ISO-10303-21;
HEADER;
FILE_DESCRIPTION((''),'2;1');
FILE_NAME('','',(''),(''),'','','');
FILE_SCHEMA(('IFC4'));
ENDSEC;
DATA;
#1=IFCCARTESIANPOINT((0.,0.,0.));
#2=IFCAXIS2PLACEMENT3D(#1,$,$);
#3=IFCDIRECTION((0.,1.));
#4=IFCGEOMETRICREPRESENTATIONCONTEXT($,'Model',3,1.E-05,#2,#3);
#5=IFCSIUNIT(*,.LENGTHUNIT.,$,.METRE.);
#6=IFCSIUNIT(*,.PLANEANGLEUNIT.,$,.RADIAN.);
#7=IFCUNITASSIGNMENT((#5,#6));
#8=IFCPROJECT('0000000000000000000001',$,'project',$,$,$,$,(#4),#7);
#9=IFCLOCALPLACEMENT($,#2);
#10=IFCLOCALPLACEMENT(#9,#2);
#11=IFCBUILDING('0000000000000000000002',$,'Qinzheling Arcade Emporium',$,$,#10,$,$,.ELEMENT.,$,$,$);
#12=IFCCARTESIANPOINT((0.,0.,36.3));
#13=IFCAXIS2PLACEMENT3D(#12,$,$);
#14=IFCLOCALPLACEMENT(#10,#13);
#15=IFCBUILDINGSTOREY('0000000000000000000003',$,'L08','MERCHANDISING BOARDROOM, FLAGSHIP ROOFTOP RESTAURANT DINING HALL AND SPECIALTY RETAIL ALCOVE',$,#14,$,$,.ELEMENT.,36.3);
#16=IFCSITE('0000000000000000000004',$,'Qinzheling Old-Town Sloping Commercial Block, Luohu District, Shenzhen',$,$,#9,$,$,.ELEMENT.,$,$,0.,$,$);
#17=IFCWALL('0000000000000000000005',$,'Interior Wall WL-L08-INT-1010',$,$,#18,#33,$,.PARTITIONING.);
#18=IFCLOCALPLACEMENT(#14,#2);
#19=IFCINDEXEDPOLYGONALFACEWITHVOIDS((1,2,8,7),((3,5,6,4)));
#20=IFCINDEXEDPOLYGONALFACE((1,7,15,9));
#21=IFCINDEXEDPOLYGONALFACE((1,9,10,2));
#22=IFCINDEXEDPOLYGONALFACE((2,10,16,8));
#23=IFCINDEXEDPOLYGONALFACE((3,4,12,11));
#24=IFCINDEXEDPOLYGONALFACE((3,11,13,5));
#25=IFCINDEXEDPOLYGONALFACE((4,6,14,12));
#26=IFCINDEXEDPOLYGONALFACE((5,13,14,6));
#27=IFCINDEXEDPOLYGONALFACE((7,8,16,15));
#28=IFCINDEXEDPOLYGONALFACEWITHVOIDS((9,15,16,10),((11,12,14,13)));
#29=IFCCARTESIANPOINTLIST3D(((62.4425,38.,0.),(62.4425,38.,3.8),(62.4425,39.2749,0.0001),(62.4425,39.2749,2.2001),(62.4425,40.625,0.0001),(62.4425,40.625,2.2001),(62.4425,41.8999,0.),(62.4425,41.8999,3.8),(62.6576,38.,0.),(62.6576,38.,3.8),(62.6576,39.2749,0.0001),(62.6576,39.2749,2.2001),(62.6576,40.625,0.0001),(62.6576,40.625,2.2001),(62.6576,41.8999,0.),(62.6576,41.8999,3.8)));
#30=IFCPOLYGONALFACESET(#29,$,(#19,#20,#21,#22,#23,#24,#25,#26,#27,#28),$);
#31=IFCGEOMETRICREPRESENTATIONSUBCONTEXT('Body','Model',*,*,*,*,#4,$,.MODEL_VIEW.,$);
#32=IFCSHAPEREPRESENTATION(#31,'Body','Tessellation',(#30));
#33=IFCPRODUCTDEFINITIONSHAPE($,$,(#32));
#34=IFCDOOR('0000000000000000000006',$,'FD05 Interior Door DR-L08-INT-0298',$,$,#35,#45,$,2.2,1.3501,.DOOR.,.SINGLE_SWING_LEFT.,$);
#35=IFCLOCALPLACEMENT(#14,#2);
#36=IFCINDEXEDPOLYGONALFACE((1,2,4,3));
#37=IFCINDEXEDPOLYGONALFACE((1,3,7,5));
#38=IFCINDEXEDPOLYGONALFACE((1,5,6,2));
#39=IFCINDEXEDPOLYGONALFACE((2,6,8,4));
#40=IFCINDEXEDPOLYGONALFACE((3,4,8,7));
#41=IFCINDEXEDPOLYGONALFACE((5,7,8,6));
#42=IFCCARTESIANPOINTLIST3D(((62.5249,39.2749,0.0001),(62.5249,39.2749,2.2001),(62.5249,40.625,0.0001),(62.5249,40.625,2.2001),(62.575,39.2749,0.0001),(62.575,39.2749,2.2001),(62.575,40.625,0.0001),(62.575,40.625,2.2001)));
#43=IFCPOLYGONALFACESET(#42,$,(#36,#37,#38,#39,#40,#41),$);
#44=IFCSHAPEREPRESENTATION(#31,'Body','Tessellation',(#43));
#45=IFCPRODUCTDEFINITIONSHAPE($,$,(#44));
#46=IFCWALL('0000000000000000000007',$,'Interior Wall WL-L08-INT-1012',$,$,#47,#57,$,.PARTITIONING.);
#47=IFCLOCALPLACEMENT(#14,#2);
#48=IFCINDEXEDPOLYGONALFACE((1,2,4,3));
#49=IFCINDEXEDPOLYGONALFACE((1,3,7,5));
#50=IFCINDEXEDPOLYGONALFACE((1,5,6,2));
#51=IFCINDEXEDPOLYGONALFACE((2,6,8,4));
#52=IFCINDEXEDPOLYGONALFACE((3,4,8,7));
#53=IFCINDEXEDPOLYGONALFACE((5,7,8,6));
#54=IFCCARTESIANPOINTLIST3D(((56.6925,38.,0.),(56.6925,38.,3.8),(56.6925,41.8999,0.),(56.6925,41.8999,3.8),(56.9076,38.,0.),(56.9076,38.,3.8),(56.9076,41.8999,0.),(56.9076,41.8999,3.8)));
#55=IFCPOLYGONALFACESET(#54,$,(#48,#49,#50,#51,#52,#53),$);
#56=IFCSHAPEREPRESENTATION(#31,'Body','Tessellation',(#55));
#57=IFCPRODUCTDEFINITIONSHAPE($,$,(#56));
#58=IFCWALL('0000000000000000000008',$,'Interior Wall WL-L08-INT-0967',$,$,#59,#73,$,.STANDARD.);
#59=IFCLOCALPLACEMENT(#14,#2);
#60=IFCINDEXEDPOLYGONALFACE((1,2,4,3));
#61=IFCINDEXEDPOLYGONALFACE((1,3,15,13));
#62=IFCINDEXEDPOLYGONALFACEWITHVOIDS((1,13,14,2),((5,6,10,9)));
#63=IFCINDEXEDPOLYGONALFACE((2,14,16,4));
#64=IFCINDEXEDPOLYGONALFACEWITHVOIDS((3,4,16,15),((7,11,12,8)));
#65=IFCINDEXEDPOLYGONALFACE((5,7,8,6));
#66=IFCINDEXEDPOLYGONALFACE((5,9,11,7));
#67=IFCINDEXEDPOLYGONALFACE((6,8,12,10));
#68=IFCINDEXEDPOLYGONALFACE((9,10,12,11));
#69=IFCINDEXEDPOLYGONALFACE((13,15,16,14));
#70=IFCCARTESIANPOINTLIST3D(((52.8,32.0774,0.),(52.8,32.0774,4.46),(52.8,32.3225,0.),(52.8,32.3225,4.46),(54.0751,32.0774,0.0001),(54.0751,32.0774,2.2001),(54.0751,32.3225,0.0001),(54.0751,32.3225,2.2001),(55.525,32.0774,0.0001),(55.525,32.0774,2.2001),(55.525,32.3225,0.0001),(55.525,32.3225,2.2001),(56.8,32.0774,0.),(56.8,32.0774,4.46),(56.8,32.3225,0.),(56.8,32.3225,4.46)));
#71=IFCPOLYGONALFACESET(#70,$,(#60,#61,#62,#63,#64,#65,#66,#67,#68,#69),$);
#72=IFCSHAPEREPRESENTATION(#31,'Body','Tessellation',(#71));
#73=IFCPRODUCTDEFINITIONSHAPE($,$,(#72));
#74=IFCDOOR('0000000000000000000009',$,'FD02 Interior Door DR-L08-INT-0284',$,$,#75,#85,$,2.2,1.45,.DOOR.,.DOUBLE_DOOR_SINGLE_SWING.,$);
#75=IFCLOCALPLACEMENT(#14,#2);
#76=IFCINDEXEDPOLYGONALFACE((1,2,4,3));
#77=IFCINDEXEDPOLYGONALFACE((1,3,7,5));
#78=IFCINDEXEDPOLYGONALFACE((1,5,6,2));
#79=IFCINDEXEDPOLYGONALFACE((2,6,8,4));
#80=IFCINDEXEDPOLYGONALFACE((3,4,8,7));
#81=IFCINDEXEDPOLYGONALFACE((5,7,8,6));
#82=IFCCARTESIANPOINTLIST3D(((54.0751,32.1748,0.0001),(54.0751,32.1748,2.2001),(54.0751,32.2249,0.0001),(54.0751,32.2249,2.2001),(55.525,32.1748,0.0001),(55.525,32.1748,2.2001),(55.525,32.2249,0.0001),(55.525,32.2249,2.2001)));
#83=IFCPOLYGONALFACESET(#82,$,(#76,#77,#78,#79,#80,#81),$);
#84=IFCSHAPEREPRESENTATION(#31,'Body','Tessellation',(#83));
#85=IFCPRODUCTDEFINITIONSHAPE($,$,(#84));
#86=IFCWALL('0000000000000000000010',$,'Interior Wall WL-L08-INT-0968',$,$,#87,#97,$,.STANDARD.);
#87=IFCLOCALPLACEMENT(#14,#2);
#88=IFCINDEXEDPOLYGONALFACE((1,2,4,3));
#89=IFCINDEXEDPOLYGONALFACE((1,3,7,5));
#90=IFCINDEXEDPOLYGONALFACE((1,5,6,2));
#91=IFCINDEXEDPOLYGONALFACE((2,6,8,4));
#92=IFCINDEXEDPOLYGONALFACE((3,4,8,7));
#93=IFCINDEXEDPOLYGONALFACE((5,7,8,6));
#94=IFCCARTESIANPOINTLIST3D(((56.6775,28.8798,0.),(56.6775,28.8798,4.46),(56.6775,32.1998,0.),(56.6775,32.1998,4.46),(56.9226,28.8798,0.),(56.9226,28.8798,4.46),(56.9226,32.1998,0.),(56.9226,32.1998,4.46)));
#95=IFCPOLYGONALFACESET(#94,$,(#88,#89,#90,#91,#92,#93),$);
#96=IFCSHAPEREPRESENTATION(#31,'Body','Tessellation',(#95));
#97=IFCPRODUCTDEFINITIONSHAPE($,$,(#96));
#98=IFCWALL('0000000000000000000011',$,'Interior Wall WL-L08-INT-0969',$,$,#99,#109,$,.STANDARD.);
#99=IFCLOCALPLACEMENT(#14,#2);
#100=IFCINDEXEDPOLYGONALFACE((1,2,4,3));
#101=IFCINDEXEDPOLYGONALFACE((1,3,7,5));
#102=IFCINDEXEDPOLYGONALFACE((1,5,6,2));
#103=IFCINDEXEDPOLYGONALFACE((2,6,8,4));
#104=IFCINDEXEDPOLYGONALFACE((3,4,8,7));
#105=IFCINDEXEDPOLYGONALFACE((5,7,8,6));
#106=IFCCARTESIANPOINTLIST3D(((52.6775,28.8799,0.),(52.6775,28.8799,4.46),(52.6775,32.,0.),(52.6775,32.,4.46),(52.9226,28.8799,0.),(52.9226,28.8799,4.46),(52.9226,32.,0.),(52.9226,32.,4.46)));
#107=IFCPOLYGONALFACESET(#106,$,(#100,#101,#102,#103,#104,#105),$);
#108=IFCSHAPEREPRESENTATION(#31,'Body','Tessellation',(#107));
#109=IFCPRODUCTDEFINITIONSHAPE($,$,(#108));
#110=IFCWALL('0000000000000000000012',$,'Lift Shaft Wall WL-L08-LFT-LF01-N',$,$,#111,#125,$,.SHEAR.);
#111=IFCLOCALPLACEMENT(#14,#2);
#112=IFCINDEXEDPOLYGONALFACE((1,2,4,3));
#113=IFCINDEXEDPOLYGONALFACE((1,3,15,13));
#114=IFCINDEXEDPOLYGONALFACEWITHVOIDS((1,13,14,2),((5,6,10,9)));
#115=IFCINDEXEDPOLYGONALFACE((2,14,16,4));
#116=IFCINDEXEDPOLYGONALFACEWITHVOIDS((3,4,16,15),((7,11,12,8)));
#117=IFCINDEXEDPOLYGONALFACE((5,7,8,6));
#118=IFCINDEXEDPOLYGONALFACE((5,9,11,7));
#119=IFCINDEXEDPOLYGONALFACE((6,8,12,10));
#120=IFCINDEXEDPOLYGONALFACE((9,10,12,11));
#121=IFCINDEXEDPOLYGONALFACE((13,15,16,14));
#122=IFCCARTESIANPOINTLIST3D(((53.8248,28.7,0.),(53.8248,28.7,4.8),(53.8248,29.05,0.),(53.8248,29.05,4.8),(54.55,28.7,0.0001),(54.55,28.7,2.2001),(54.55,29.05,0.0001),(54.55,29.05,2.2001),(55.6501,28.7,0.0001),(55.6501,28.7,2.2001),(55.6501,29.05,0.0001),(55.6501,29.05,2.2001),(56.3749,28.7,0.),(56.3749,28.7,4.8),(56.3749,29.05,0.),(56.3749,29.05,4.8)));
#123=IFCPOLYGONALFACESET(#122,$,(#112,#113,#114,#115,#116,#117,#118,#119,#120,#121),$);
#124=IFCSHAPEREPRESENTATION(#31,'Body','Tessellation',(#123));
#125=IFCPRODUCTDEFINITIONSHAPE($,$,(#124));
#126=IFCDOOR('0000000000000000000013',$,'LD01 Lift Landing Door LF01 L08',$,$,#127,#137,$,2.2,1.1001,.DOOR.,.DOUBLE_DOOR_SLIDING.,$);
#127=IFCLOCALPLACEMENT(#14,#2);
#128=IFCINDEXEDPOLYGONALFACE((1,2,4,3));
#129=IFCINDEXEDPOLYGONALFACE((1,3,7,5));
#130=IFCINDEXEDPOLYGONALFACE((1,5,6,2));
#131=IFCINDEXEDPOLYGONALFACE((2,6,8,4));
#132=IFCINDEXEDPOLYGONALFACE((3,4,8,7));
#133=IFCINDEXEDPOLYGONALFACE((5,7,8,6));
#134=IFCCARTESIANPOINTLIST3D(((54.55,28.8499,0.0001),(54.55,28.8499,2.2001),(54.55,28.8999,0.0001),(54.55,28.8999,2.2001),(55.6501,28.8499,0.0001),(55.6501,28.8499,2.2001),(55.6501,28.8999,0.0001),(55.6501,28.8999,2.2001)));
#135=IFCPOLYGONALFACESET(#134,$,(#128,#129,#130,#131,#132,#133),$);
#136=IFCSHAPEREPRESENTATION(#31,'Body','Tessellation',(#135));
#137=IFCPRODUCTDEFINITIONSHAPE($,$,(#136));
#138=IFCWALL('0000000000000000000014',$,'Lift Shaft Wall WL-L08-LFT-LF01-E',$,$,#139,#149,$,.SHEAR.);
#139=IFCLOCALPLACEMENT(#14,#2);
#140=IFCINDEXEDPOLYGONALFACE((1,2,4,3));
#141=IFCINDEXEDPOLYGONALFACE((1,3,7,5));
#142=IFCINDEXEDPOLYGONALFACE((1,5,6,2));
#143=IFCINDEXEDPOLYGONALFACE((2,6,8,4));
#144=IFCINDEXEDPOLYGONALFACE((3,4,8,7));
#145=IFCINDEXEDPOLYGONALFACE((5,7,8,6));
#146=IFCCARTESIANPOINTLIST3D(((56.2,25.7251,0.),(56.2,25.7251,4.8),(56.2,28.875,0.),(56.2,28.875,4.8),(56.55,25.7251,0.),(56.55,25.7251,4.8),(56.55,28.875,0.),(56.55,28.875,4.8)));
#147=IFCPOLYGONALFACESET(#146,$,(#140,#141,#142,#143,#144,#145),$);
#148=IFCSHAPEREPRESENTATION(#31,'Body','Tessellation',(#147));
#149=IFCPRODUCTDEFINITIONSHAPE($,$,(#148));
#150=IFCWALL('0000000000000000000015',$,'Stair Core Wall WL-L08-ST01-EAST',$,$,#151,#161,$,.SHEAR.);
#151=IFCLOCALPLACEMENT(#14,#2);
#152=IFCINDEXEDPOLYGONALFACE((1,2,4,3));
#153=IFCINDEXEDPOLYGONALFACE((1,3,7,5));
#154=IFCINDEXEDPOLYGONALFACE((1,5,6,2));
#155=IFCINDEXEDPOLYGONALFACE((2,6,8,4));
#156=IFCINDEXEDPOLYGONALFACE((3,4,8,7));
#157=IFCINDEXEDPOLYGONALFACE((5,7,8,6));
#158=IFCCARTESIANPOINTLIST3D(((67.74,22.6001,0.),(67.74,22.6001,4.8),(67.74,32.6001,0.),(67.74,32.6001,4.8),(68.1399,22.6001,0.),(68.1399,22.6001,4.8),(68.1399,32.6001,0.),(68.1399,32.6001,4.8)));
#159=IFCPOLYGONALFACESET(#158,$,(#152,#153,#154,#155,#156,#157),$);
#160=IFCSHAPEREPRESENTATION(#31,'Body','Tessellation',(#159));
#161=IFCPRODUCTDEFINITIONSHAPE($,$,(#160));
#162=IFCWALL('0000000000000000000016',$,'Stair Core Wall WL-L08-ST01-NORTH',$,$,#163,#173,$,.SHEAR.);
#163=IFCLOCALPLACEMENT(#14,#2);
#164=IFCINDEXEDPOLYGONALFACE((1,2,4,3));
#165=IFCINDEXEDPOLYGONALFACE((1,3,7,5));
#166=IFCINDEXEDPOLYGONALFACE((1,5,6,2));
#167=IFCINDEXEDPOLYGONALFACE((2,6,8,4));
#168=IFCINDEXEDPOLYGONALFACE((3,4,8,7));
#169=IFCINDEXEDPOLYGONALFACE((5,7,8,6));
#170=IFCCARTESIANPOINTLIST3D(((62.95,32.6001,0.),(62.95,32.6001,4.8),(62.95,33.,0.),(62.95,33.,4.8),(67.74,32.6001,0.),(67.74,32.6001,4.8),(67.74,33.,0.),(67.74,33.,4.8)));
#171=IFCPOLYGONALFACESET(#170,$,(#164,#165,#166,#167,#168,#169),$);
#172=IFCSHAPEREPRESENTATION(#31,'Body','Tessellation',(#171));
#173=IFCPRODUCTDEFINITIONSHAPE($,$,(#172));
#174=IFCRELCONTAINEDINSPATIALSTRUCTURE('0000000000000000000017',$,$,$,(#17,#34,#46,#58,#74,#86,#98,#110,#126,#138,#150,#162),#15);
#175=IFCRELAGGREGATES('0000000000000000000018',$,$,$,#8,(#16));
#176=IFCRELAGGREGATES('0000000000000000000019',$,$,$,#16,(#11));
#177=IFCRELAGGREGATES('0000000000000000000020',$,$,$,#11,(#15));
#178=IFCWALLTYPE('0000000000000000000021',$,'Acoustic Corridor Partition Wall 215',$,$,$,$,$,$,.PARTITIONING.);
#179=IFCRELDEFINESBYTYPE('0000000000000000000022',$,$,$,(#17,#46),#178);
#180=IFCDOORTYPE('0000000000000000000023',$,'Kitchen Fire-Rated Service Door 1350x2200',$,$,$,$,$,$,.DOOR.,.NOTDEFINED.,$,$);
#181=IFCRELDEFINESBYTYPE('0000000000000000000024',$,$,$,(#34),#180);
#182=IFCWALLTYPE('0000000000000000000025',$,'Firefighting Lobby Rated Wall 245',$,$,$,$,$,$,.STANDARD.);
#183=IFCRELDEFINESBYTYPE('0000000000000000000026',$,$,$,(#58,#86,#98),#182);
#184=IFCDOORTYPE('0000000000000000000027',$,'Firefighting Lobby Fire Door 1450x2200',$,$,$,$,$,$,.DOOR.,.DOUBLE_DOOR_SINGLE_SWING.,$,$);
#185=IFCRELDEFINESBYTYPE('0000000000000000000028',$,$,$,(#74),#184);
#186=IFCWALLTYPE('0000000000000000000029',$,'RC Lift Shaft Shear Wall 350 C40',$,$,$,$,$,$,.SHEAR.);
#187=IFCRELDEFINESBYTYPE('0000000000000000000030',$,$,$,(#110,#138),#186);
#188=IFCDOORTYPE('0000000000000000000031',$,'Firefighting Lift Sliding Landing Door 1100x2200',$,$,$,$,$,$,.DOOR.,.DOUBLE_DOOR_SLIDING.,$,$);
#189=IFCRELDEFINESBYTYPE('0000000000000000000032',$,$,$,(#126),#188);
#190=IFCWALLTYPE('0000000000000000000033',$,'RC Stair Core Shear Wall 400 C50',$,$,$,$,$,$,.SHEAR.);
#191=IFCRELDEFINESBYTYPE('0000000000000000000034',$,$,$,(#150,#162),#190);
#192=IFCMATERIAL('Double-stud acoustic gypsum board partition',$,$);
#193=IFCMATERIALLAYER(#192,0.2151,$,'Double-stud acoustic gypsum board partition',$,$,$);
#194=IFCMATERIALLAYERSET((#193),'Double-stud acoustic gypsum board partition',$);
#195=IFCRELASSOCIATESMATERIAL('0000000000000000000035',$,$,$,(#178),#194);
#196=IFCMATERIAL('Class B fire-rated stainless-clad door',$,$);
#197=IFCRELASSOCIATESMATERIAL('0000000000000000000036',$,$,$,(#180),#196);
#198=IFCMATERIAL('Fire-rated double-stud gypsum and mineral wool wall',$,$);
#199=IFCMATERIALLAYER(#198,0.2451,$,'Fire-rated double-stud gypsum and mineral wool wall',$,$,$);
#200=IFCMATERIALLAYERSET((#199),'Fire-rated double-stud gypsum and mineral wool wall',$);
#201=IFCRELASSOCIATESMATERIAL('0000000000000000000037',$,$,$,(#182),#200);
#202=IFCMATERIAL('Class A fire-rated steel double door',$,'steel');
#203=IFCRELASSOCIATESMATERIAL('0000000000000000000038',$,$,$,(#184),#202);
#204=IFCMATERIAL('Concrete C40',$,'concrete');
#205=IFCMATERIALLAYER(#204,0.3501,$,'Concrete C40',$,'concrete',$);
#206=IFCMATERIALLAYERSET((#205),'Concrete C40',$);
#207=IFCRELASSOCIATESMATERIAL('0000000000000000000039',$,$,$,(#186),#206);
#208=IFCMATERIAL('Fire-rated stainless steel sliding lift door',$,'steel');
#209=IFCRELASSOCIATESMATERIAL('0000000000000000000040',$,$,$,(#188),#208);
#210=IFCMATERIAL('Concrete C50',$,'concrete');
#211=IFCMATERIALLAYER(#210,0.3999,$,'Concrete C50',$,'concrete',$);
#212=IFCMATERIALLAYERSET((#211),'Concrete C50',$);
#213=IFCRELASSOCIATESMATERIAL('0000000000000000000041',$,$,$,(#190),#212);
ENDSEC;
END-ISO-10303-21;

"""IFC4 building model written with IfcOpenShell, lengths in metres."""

from ifc_helpers import new_model, si_unit, direction, frame, frame_2d, origin, place, context, subcontext, project, spatial, rectangle, extrude, material, layer, layer_set, type_object, element, fill, save


model = new_model("IFC4")

# Units and contexts
model_context = context("Model", 3, precision=1e-05, world=origin(), true_north=direction((0.0, 1.0)))
body_context = subcontext(model_context, "Body", "Model", "MODEL_VIEW")
ifc_project = project(units=[si_unit("LENGTHUNIT", "METRE"), si_unit("PLANEANGLEUNIT", "RADIAN")], contexts=[model_context])

# Site, building, storey
site_placement = place(None, origin())
site = spatial("IfcSite", under=ifc_project, at=site_placement, Name="Qinzheling Old-Town Sloping Commercial Block, Luohu District, Shenzhen", CompositionType="ELEMENT", RefElevation=0.0)
building_placement = place(site_placement, origin())
building = spatial("IfcBuilding", under=site, at=building_placement, Name="Qinzheling Arcade Emporium", CompositionType="ELEMENT")
storey_placement = place(building_placement, frame((0.0, 0.0, 36.3)))
storey = spatial("IfcBuildingStorey", under=building, at=storey_placement, Name="L08", Description="MERCHANDISING BOARDROOM, FLAGSHIP ROOFTOP RESTAURANT DINING HALL AND SPECIALTY RETAIL ALCOVE", CompositionType="ELEMENT", Elevation=36.3)

# Shared definitions
ifc_material_1 = material(Name="Concrete C40", Category="concrete")

# Wall, opening, door
ifc_material_2 = material(Name="Double-stud acoustic gypsum board partition")
ifc_layer_1 = layer(ifc_material_2, 0.2151, Name="Double-stud acoustic gypsum board partition")
ifc_layer_set_1 = layer_set([ifc_layer_1], Name="Double-stud acoustic gypsum board partition")
wall_type_1 = type_object("IfcWallType", Name="Acoustic Corridor Partition Wall 215", PredefinedType="PARTITIONING", material=ifc_layer_set_1)
wall_1_placement = place(storey_placement, frame((62.55, 41.8999, 0.0), z_axis=(0.0, 0.0, 1.0), x_axis=(0.0, -1.0, 0.0)))
wall_1 = element("IfcWall", 1, at=wall_1_placement, inside=storey, type_object=wall_type_1, Name="Interior Wall WL-L08-INT-1010", PredefinedType="PARTITIONING", context=body_context, shape_type="SweptSolid", body=[
    extrude(rectangle(XDim=3.8999, YDim=0.2151, at=frame_2d((1.95, 0.0))), origin(), (0.0, 0.0, 1.0), 3.8),
])
opening_1_placement = place(wall_1_placement, frame((1.2749, 0.0, 0.0)))
opening_1 = element("IfcOpeningElement", 2, at=opening_1_placement, cuts=wall_1, PredefinedType="OPENING", context=body_context, shape_type="SweptSolid", body=[
    extrude(rectangle(XDim=1.3501, YDim=2.2, at=frame_2d((0.675, 1.1001))), frame((0.0, 0.1177, 0.0), z_axis=(0.0, -1.0, 0.0), x_axis=(1.0, 0.0, 0.0)), (0.0, 0.0, 1.0), 0.2351),
])
ifc_material_3 = material(Name="Class B fire-rated stainless-clad door")
door_type_1 = type_object("IfcDoorType", Name="Kitchen Fire-Rated Service Door 1350x2200", OperationType="NOTDEFINED", PredefinedType="DOOR", material=ifc_material_3)
door_1_placement = place(opening_1_placement, origin())
door_1 = element("IfcDoor", 3, at=door_1_placement, inside=storey, type_object=door_type_1, Name="FD05 Interior Door DR-L08-INT-0298", OperationType="SINGLE_SWING_LEFT", OverallHeight=2.2, OverallWidth=1.3501, PredefinedType="DOOR", context=body_context, shape_type="SweptSolid", body=[
    extrude(rectangle(XDim=1.3501, YDim=2.2, at=frame_2d((0.675, 1.1001))), frame((0.0, 0.0249, 0.0), z_axis=(0.0, -1.0, 0.0), x_axis=(1.0, 0.0, 0.0)), (0.0, 0.0, 1.0), 0.05),
])
fill(opening_1, door_1)

# Wall
wall_2_placement = place(storey_placement, frame((56.8, 38.0, 0.0), z_axis=(0.0, 0.0, 1.0), x_axis=(0.0, 1.0, 0.0)))
element("IfcWall", 4, at=wall_2_placement, inside=storey, type_object=wall_type_1, Name="Interior Wall WL-L08-INT-1012", PredefinedType="PARTITIONING", context=body_context, shape_type="SweptSolid", body=[
    extrude(rectangle(XDim=3.8999, YDim=0.2151, at=frame_2d((1.95, 0.0))), origin(), (0.0, 0.0, 1.0), 3.8),
])

# Wall, opening, door
ifc_material_4 = material(Name="Fire-rated double-stud gypsum and mineral wool wall")
ifc_layer_2 = layer(ifc_material_4, 0.2451, Name="Fire-rated double-stud gypsum and mineral wool wall")
ifc_layer_set_2 = layer_set([ifc_layer_2], Name="Fire-rated double-stud gypsum and mineral wool wall")
wall_type_2 = type_object("IfcWallType", Name="Firefighting Lobby Rated Wall 245", PredefinedType="STANDARD", material=ifc_layer_set_2)
wall_3_placement = place(storey_placement, frame((52.8, 32.2, 0.0), z_axis=(0.0, 0.0, 1.0), x_axis=(1.0, 0.0, 0.0)))
wall_3 = element("IfcWall", 5, at=wall_3_placement, inside=storey, type_object=wall_type_2, Name="Interior Wall WL-L08-INT-0967", PredefinedType="STANDARD", context=body_context, shape_type="SweptSolid", body=[
    extrude(rectangle(XDim=4.0, YDim=0.2451, at=frame_2d((2.0, 0.0))), origin(), (0.0, 0.0, 1.0), 4.46),
])
opening_2_placement = place(wall_3_placement, frame((1.2749, 0.0, 0.0)))
opening_2 = element("IfcOpeningElement", 6, at=opening_2_placement, cuts=wall_3, PredefinedType="OPENING", context=body_context, shape_type="SweptSolid", body=[
    extrude(rectangle(XDim=1.45, YDim=2.2, at=frame_2d((0.7251, 1.1001))), frame((0.0, 0.1326, 0.0), z_axis=(0.0, -1.0, 0.0), x_axis=(1.0, 0.0, 0.0)), (0.0, 0.0, 1.0), 0.2651),
])
ifc_material_5 = material(Name="Class A fire-rated steel double door", Category="steel")
door_type_2 = type_object("IfcDoorType", Name="Firefighting Lobby Fire Door 1450x2200", OperationType="DOUBLE_DOOR_SINGLE_SWING", PredefinedType="DOOR", material=ifc_material_5)
door_2_placement = place(opening_2_placement, origin())
door_2 = element("IfcDoor", 7, at=door_2_placement, inside=storey, type_object=door_type_2, Name="FD02 Interior Door DR-L08-INT-0284", OperationType="DOUBLE_DOOR_SINGLE_SWING", OverallHeight=2.2, OverallWidth=1.45, PredefinedType="DOOR", context=body_context, shape_type="SweptSolid", body=[
    extrude(rectangle(XDim=1.45, YDim=2.2, at=frame_2d((0.7251, 1.1001))), frame((0.0, 0.0249, 0.0), z_axis=(0.0, -1.0, 0.0), x_axis=(1.0, 0.0, 0.0)), (0.0, 0.0, 1.0), 0.05),
])
fill(opening_2, door_2)

# Walls
wall_4_placement = place(storey_placement, frame((56.8, 32.2, 0.0), z_axis=(0.0, 0.0, 1.0), x_axis=(0.0, -1.0, 0.0)))
element("IfcWall", 8, at=wall_4_placement, inside=storey, type_object=wall_type_2, Name="Interior Wall WL-L08-INT-0968", PredefinedType="STANDARD", context=body_context, shape_type="SweptSolid", body=[
    extrude(rectangle(XDim=3.3201, YDim=0.2451, at=frame_2d((1.6602, 0.0))), origin(), (0.0, 0.0, 1.0), 4.46),
])
wall_5_placement = place(storey_placement, frame((52.8, 28.8799, 0.0), z_axis=(0.0, 0.0, 1.0), x_axis=(0.0, 1.0, 0.0)))
element("IfcWall", 9, at=wall_5_placement, inside=storey, type_object=wall_type_2, Name="Interior Wall WL-L08-INT-0969", PredefinedType="STANDARD", context=body_context, shape_type="SweptSolid", body=[
    extrude(rectangle(XDim=3.1201, YDim=0.2451, at=frame_2d((1.5601, 0.0))), origin(), (0.0, 0.0, 1.0), 4.46),
])

# Wall, opening, door
ifc_layer_3 = layer(ifc_material_1, 0.3501, Name="Concrete C40", Category="concrete")
ifc_layer_set_3 = layer_set([ifc_layer_3], Name="Concrete C40")
wall_type_3 = type_object("IfcWallType", Name="RC Lift Shaft Shear Wall 350 C40", PredefinedType="SHEAR", material=ifc_layer_set_3)
wall_6_placement = place(storey_placement, frame((53.825, 28.875, 0.0), z_axis=(0.0, 0.0, 1.0), x_axis=(1.0, 0.0, 0.0)))
wall_6 = element("IfcWall", 10, at=wall_6_placement, inside=storey, type_object=wall_type_3, Name="Lift Shaft Wall WL-L08-LFT-LF01-N", PredefinedType="SHEAR", context=body_context, shape_type="SweptSolid", body=[
    extrude(rectangle(XDim=2.55, YDim=0.3501, at=frame_2d((1.2749, 0.0))), origin(), (0.0, 0.0, 1.0), 4.8),
])
opening_3_placement = place(wall_6_placement, frame((0.7251, 0.0, 0.0)))
opening_3 = element("IfcOpeningElement", 11, at=opening_3_placement, cuts=wall_6, PredefinedType="OPENING", context=body_context, shape_type="SweptSolid", body=[
    extrude(rectangle(XDim=1.1001, YDim=2.2, at=frame_2d((0.55, 1.1001))), frame((0.0, 0.1851, 0.0), z_axis=(0.0, -1.0, 0.0), x_axis=(1.0, 0.0, 0.0)), (0.0, 0.0, 1.0), 0.3701),
])
ifc_material_6 = material(Name="Fire-rated stainless steel sliding lift door", Category="steel")
door_type_3 = type_object("IfcDoorType", Name="Firefighting Lift Sliding Landing Door 1100x2200", OperationType="DOUBLE_DOOR_SLIDING", PredefinedType="DOOR", material=ifc_material_6)
door_3_placement = place(opening_3_placement, origin())
door_3 = element("IfcDoor", 12, at=door_3_placement, inside=storey, type_object=door_type_3, Name="LD01 Lift Landing Door LF01 L08", OperationType="DOUBLE_DOOR_SLIDING", OverallHeight=2.2, OverallWidth=1.1001, PredefinedType="DOOR", context=body_context, shape_type="SweptSolid", body=[
    extrude(rectangle(XDim=1.1001, YDim=2.2, at=frame_2d((0.55, 1.1001))), frame((0.0, 0.0249, 0.0), z_axis=(0.0, -1.0, 0.0), x_axis=(1.0, 0.0, 0.0)), (0.0, 0.0, 1.0), 0.05),
])
fill(opening_3, door_3)

# Walls
wall_7_placement = place(storey_placement, frame((56.375, 28.875, 0.0), z_axis=(0.0, 0.0, 1.0), x_axis=(0.0, -1.0, 0.0)))
element("IfcWall", 13, at=wall_7_placement, inside=storey, type_object=wall_type_3, Name="Lift Shaft Wall WL-L08-LFT-LF01-E", PredefinedType="SHEAR", context=body_context, shape_type="SweptSolid", body=[
    extrude(rectangle(XDim=3.1499, YDim=0.3501, at=frame_2d((1.575, 0.0))), origin(), (0.0, 0.0, 1.0), 4.8),
])
ifc_material_7 = material(Name="Concrete C50", Category="concrete")
ifc_layer_4 = layer(ifc_material_7, 0.3999, Name="Concrete C50", Category="concrete")
ifc_layer_set_4 = layer_set([ifc_layer_4], Name="Concrete C50")
wall_type_4 = type_object("IfcWallType", Name="RC Stair Core Shear Wall 400 C50", PredefinedType="SHEAR", material=ifc_layer_set_4)
wall_8_placement = place(storey_placement, frame((67.9399, 32.6001, 0.0), z_axis=(0.0, 0.0, 1.0), x_axis=(0.0, -1.0, 0.0)))
element("IfcWall", 14, at=wall_8_placement, inside=storey, type_object=wall_type_4, Name="Stair Core Wall WL-L08-ST01-EAST", PredefinedType="SHEAR", context=body_context, shape_type="SweptSolid", body=[
    extrude(rectangle(XDim=10.0, YDim=0.3999, at=frame_2d((5.0, 0.0))), origin(), (0.0, 0.0, 1.0), 4.8),
])
wall_9_placement = place(storey_placement, frame((62.95, 32.8, 0.0), z_axis=(0.0, 0.0, 1.0), x_axis=(1.0, 0.0, 0.0)))
element("IfcWall", 15, at=wall_9_placement, inside=storey, type_object=wall_type_4, Name="Stair Core Wall WL-L08-ST01-NORTH", PredefinedType="SHEAR", context=body_context, shape_type="SweptSolid", body=[
    extrude(rectangle(XDim=4.79, YDim=0.3999, at=frame_2d((2.395, 0.0))), origin(), (0.0, 0.0, 1.0), 4.8),
])

save(model, "model.ifc")
